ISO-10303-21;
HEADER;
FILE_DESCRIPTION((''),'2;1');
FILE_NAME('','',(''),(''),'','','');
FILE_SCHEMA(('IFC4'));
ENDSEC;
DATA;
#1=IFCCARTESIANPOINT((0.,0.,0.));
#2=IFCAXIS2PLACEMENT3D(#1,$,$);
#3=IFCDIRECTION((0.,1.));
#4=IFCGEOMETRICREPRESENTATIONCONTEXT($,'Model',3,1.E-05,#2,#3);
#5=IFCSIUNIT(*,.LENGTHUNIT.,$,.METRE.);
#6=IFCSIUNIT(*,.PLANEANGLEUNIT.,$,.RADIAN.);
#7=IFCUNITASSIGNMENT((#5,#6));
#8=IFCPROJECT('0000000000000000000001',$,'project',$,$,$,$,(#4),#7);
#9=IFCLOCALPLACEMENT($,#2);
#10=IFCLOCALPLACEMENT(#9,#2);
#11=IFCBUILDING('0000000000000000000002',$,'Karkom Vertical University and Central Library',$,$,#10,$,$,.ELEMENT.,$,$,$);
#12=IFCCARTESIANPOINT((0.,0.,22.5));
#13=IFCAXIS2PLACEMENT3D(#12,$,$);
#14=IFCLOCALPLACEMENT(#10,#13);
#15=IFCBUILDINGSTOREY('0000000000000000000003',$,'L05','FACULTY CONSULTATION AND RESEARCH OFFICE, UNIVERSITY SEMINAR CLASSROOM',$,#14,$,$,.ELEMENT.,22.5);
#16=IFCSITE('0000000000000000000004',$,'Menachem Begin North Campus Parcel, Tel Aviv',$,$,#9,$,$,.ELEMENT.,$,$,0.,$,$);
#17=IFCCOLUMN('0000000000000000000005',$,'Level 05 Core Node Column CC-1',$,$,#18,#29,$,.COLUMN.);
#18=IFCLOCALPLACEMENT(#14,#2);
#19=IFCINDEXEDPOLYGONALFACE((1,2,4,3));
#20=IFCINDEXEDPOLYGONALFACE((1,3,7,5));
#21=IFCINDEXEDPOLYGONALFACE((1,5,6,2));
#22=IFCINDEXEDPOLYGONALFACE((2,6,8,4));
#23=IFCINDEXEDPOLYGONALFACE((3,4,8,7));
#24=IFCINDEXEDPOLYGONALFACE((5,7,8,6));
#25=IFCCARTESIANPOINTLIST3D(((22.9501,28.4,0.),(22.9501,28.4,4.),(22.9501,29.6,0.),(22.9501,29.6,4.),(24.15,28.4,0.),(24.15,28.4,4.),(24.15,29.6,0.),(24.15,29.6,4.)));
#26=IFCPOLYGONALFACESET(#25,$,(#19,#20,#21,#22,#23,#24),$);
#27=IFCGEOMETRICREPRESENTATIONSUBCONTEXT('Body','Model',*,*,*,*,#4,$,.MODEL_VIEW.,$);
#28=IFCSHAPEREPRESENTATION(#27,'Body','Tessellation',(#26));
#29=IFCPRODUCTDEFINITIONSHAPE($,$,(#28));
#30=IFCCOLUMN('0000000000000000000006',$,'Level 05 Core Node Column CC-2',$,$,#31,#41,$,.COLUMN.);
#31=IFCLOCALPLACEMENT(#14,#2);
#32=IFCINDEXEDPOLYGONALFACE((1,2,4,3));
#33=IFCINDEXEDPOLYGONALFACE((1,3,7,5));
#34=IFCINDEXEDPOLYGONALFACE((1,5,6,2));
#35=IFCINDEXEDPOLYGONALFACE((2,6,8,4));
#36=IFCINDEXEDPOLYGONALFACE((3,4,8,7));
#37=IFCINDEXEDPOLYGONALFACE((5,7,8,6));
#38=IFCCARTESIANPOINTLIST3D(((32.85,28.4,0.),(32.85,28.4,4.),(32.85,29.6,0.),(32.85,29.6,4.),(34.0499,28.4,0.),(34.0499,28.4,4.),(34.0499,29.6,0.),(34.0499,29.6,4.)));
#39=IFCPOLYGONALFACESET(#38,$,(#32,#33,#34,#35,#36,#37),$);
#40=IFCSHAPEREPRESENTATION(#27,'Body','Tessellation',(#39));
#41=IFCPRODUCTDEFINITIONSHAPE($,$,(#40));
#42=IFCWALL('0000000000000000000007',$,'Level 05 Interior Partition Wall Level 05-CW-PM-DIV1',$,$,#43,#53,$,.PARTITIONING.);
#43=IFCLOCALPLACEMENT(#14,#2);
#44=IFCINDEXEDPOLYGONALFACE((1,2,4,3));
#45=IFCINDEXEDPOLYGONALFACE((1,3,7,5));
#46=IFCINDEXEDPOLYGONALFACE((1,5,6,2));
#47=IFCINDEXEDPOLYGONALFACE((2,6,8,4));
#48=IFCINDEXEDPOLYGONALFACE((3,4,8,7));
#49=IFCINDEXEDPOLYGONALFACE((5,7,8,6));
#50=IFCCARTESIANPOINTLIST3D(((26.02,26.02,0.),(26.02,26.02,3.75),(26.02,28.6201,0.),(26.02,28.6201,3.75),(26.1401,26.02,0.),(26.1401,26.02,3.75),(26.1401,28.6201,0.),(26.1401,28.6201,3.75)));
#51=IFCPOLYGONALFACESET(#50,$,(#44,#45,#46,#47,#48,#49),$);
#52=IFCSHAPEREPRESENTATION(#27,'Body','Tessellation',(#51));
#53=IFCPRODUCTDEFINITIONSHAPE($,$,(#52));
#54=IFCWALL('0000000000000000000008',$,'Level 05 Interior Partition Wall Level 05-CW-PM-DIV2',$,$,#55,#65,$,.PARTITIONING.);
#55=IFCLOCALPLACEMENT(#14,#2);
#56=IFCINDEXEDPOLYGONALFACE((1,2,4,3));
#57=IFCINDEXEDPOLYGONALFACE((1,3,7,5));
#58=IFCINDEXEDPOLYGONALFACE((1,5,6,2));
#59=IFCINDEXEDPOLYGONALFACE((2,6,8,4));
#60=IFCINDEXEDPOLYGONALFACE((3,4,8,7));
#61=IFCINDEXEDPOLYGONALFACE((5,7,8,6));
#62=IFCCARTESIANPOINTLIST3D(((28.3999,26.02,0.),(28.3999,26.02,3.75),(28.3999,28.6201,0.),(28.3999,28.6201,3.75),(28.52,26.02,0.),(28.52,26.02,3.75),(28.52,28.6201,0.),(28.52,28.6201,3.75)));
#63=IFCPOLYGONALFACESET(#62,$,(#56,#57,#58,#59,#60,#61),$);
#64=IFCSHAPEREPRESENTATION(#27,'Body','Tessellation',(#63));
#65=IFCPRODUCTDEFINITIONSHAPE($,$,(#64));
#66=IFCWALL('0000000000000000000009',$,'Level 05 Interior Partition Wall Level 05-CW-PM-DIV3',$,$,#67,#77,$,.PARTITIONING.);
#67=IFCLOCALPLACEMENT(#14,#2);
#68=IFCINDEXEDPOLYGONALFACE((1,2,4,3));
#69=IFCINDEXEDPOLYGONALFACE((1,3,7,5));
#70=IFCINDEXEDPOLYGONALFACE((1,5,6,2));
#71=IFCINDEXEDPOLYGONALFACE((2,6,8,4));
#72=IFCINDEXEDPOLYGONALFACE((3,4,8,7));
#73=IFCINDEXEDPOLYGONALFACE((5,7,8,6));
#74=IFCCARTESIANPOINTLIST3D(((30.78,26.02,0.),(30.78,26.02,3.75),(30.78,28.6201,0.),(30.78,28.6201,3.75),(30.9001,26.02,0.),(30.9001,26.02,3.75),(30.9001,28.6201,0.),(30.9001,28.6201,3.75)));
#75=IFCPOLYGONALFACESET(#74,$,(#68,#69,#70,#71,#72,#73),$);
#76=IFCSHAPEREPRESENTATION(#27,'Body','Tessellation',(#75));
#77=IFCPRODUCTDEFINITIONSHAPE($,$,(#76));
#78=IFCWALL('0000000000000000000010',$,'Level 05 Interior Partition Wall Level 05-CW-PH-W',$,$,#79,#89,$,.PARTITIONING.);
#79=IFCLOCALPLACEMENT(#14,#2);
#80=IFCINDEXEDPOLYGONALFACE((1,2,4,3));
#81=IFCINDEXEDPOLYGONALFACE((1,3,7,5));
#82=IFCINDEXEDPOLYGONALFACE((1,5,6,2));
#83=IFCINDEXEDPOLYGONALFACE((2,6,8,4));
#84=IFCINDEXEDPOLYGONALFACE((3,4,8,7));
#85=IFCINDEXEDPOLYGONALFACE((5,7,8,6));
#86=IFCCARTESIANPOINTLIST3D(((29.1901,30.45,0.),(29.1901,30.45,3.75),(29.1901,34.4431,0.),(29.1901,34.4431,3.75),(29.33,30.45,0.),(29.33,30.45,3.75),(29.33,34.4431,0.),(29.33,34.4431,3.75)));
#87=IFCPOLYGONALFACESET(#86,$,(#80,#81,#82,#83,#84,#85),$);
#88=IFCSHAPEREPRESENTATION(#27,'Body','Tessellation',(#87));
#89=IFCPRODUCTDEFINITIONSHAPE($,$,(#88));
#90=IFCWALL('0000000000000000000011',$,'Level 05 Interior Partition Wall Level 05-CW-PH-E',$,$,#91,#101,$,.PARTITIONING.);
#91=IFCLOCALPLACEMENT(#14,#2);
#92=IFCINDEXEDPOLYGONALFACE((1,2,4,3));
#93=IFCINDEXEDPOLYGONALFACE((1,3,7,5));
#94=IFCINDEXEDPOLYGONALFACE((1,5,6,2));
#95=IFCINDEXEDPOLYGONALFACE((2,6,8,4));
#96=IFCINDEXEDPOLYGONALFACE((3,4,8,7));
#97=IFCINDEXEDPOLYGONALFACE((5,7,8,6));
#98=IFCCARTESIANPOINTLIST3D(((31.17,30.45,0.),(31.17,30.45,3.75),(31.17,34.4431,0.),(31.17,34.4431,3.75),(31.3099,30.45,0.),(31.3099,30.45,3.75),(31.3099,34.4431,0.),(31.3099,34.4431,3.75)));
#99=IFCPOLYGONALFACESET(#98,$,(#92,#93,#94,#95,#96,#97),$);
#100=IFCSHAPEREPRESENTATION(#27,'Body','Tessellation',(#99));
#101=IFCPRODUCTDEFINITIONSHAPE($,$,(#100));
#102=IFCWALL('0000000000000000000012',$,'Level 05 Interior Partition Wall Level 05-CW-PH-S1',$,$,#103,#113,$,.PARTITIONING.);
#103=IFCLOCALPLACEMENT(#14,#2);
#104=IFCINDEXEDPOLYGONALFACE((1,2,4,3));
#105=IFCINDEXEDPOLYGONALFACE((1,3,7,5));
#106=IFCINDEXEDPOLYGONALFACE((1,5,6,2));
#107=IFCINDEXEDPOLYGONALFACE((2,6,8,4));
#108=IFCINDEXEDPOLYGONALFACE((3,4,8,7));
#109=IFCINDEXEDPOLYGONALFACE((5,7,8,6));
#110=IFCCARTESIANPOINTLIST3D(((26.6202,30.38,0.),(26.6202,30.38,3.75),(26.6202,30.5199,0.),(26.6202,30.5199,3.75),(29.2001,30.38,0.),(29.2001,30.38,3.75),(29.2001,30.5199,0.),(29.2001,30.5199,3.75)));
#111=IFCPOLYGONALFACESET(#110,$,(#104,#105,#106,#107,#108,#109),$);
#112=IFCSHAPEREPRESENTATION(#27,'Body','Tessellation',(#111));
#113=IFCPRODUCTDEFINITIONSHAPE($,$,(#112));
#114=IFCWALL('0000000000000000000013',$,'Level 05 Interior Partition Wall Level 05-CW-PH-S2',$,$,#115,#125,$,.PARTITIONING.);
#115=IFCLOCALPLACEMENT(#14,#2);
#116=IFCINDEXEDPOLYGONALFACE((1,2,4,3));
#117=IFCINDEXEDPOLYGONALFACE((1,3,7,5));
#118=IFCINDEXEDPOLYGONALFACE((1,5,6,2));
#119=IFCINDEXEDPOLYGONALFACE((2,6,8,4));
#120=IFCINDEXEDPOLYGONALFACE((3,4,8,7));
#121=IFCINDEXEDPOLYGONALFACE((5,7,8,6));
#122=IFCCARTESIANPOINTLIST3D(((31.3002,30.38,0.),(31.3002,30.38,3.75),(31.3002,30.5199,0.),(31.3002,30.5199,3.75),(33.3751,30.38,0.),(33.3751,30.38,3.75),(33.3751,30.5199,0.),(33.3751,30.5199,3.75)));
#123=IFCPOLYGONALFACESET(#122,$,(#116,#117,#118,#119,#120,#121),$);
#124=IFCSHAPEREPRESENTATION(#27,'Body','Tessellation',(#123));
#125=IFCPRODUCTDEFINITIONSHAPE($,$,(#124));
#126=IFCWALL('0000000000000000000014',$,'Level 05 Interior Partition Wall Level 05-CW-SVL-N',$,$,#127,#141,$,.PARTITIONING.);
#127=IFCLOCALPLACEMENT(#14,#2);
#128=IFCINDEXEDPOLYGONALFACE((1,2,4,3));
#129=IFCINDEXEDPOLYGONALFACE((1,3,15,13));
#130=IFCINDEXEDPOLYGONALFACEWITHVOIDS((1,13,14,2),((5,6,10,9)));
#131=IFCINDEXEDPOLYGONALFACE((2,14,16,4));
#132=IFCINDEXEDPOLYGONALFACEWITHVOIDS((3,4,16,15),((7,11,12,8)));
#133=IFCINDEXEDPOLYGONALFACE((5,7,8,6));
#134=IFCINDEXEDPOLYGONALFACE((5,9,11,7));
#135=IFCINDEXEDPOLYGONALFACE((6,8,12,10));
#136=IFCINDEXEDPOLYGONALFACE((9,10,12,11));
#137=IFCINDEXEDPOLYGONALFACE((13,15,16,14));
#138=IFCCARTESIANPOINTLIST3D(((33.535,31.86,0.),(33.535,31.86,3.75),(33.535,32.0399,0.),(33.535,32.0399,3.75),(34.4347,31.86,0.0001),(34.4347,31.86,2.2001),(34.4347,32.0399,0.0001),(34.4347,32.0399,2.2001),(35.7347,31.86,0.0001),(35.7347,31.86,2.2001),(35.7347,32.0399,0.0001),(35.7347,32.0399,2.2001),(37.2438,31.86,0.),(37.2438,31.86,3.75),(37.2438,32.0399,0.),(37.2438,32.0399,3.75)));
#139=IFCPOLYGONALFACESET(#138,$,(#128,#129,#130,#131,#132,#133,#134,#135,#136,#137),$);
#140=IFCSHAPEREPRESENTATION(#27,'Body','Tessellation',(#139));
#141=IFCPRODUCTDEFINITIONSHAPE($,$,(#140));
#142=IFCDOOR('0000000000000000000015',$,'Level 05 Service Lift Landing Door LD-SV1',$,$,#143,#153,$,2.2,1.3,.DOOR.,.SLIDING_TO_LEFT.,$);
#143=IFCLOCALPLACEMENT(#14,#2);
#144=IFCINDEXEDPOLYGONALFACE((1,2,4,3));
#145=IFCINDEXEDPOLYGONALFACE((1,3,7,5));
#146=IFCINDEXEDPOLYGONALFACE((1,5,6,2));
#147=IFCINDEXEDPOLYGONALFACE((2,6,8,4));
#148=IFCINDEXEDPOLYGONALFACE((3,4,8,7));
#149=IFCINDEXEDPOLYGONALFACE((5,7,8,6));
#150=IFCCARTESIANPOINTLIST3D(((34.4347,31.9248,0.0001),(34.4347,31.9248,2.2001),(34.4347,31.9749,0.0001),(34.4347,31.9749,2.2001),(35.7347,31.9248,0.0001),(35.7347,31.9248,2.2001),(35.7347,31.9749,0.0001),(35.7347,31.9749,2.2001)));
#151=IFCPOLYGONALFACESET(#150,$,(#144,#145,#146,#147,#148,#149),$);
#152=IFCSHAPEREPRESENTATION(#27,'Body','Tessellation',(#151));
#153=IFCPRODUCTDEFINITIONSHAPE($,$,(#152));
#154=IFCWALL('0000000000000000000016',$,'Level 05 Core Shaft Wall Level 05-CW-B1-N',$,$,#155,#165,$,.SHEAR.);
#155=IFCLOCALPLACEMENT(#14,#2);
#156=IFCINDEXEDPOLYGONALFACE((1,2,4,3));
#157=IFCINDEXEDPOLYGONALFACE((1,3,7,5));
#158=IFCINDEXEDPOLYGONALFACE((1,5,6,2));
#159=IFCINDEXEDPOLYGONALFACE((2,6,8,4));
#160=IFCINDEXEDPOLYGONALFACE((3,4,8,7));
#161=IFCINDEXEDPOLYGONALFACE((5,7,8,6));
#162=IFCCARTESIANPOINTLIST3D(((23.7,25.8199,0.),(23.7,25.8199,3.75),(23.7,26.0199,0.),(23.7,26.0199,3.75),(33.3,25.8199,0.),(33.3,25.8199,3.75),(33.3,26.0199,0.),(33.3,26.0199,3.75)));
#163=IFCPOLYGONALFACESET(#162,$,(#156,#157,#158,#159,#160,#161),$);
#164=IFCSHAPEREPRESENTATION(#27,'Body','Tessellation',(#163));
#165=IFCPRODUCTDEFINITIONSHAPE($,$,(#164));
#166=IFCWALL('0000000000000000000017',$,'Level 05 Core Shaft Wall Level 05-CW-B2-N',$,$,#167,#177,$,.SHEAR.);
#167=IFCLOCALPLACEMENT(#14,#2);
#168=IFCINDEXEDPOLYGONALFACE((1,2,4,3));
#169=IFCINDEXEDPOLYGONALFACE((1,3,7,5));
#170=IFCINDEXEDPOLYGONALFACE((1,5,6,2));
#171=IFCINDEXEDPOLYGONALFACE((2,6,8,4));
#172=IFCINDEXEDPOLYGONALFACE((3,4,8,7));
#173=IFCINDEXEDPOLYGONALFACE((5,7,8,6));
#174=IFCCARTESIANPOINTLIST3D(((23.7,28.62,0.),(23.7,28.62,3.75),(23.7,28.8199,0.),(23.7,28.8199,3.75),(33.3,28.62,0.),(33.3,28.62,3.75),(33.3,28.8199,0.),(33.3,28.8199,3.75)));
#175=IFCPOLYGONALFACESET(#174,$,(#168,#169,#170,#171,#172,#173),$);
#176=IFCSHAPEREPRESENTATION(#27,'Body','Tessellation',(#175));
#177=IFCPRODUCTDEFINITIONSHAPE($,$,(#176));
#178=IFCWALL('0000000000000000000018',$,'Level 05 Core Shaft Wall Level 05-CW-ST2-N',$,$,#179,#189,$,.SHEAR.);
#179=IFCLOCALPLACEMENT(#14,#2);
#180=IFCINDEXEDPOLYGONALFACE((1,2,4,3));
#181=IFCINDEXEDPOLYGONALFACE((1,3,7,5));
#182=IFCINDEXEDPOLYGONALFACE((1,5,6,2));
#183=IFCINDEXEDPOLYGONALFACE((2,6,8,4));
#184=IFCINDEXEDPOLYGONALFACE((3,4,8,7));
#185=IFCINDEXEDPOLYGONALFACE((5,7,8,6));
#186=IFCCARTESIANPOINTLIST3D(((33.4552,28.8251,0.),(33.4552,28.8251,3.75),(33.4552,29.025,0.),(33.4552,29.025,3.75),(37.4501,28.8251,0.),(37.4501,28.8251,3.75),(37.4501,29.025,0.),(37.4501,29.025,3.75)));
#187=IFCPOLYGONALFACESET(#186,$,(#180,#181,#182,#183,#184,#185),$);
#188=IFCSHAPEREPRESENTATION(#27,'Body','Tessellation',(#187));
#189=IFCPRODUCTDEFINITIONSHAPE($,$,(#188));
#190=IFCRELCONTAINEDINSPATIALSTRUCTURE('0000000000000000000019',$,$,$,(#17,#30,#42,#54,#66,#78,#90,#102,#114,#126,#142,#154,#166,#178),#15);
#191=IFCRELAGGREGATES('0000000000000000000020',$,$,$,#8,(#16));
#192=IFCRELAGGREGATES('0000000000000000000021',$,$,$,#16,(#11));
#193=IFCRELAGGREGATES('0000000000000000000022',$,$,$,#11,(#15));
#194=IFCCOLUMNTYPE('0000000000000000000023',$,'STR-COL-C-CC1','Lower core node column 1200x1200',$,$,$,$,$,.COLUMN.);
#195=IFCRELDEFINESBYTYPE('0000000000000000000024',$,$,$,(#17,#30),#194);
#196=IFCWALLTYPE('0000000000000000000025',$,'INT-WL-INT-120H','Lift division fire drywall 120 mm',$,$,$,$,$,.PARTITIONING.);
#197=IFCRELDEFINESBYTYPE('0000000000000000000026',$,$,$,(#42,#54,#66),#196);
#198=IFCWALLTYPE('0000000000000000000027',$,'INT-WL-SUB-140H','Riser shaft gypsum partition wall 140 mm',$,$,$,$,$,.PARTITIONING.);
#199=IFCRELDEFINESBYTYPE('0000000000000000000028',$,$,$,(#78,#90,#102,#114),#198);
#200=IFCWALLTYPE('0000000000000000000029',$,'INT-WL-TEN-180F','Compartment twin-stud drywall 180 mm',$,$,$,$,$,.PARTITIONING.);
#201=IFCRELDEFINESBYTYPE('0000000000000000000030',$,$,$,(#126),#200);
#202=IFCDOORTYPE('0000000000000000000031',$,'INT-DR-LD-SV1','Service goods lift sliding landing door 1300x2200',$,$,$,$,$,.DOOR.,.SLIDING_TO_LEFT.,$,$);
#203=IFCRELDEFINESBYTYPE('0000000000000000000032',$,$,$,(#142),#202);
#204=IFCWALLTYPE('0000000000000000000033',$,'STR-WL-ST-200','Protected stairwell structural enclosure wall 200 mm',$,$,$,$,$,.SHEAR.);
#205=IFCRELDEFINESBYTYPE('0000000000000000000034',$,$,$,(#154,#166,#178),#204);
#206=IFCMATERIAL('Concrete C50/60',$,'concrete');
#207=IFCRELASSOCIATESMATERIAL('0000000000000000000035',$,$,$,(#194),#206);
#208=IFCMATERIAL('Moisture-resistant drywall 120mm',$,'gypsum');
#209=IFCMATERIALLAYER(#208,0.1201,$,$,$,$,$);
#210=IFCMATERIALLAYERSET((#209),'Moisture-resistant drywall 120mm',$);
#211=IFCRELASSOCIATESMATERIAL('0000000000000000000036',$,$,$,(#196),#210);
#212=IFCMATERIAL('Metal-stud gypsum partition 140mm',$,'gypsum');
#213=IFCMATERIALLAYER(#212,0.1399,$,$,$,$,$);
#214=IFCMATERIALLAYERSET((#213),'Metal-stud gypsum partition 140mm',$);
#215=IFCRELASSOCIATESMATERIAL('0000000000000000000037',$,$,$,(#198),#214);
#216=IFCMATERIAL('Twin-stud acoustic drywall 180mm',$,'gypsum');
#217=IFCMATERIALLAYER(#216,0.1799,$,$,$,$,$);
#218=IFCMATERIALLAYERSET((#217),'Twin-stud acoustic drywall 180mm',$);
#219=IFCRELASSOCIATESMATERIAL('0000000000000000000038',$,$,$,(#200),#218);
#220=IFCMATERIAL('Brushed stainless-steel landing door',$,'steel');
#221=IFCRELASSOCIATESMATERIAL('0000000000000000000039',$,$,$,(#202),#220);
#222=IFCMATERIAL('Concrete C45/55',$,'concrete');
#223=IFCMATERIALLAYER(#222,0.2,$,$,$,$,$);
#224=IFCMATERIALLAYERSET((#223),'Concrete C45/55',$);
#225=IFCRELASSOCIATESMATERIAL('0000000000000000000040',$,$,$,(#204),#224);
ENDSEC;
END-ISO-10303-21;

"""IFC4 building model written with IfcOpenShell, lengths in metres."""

from ifc_helpers import new_model, si_unit, direction, frame, frame_2d, origin, origin_with_axes, origin_2d, place, context, subcontext, project, spatial, rectangle, extrude, source, transform, mapped, material, layer, layer_set, material_profile, profile_set, type_object, element, fill, save


model = new_model("IFC4")

# Units and contexts
model_context = context("Model", 3, precision=1e-05, world=origin(), true_north=direction((0.0, 1.0)))
body_context = subcontext(model_context, "Body", "Model", "MODEL_VIEW")
ifc_project = project(units=[si_unit("LENGTHUNIT", "METRE"), si_unit("PLANEANGLEUNIT", "RADIAN")], contexts=[model_context])

# Site, building, storey
site_placement = place(None, origin())
site = spatial("IfcSite", under=ifc_project, at=site_placement, Name="Menachem Begin North Campus Parcel, Tel Aviv", CompositionType="ELEMENT", RefElevation=0.0)
building_placement = place(site_placement, origin())
building = spatial("IfcBuilding", under=site, at=building_placement, Name="Karkom Vertical University and Central Library", CompositionType="ELEMENT")
storey_placement = place(building_placement, frame((0.0, 0.0, 22.5)))
storey = spatial("IfcBuildingStorey", under=building, at=storey_placement, Name="L05", Description="FACULTY CONSULTATION AND RESEARCH OFFICE, UNIVERSITY SEMINAR CLASSROOM", CompositionType="ELEMENT", Elevation=22.5)

# Columns
ifc_material_1 = material(Name="Concrete C50/60", Category="concrete")
ifc_material_profile = material_profile(ifc_material_1, rectangle(XDim=1.2, YDim=1.2, at=origin_2d()), Name="RC-1200x1200")
ifc_profile_set = profile_set([ifc_material_profile], Name="Concrete C50/60")
column_type = type_object("IfcColumnType", Name="STR-COL-C-CC1", Description="Lower core node column 1200x1200", PredefinedType="COLUMN", material=ifc_profile_set)
shared_shape_1 = source(origin_with_axes(), body_context, "Body", "SweptSolid", [
    extrude(rectangle(XDim=1.2, YDim=1.2, at=origin_2d()), origin(), (0.0, 0.0, 1.0), 4.0),
])
for number, where, z_axis, x_axis, name in (
    (1, (23.55, 29.0, 0.0), (0.0, 0.0, 1.0), (1.0, 0.0, 0.0), "Level 05 Core Node Column CC-1"),
    (2, (33.45, 29.0, 0.0), (0.0, 0.0, 1.0), (1.0, 0.0, 0.0), "Level 05 Core Node Column CC-2"),
):
    element("IfcColumn", number, at=place(storey_placement, frame(where, z_axis=z_axis, x_axis=x_axis)), inside=storey, type_object=column_type, Name=name, PredefinedType="COLUMN", context=body_context, shape_type="MappedRepresentation", body=[
        mapped(shared_shape_1, transform((0.0, 0.0, 0.0), scale=1.0)),
    ])

# Walls
ifc_material_2 = material(Name="Moisture-resistant drywall 120mm", Category="gypsum")
ifc_layer_1 = layer(ifc_material_2, 0.1201)
ifc_layer_set_1 = layer_set([ifc_layer_1], Name="Moisture-resistant drywall 120mm")
wall_type_1 = type_object("IfcWallType", Name="INT-WL-INT-120H", Description="Lift division fire drywall 120 mm", PredefinedType="PARTITIONING", material=ifc_layer_set_1)
for number, where, z_axis, x_axis, name in (
    (3, (26.0801, 26.02, 0.0), (0.0, 0.0, 1.0), (0.0, 1.0, 0.0), "Level 05 Interior Partition Wall Level 05-CW-PM-DIV1"),
    (4, (28.46, 26.02, 0.0), (0.0, 0.0, 1.0), (0.0, 1.0, 0.0), "Level 05 Interior Partition Wall Level 05-CW-PM-DIV2"),
    (5, (30.8401, 26.02, 0.0), (0.0, 0.0, 1.0), (0.0, 1.0, 0.0), "Level 05 Interior Partition Wall Level 05-CW-PM-DIV3"),
):
    element("IfcWall", number, at=place(storey_placement, frame(where, z_axis=z_axis, x_axis=x_axis)), inside=storey, type_object=wall_type_1, Name=name, PredefinedType="PARTITIONING", context=body_context, shape_type="SweptSolid", body=[
        extrude(rectangle(XDim=2.6001, YDim=0.1201, at=frame_2d((1.3, 0.0))), origin(), (0.0, 0.0, 1.0), 3.75),
    ])
ifc_material_3 = material(Name="Metal-stud gypsum partition 140mm", Category="gypsum")
ifc_layer_2 = layer(ifc_material_3, 0.1399)
ifc_layer_set_2 = layer_set([ifc_layer_2], Name="Metal-stud gypsum partition 140mm")
wall_type_2 = type_object("IfcWallType", Name="INT-WL-SUB-140H", Description="Riser shaft gypsum partition wall 140 mm", PredefinedType="PARTITIONING", material=ifc_layer_set_2)
for number, where, z_axis, x_axis, name in (
    (6, (29.26, 30.45, 0.0), (0.0, 0.0, 1.0), (0.0, 1.0, 0.0), "Level 05 Interior Partition Wall Level 05-CW-PH-W"),
    (7, (31.24, 30.45, 0.0), (0.0, 0.0, 1.0), (0.0, 1.0, 0.0), "Level 05 Interior Partition Wall Level 05-CW-PH-E"),
):
    element("IfcWall", number, at=place(storey_placement, frame(where, z_axis=z_axis, x_axis=x_axis)), inside=storey, type_object=wall_type_2, Name=name, PredefinedType="PARTITIONING", context=body_context, shape_type="SweptSolid", body=[
        extrude(rectangle(XDim=3.9932, YDim=0.1399, at=frame_2d((1.9966, 0.0))), origin(), (0.0, 0.0, 1.0), 3.75),
    ])
wall_1_placement = place(storey_placement, frame((26.6201, 30.45, 0.0), z_axis=(0.0, 0.0, 1.0), x_axis=(1.0, 0.0, 0.0)))
element("IfcWall", 8, at=wall_1_placement, inside=storey, type_object=wall_type_2, Name="Level 05 Interior Partition Wall Level 05-CW-PH-S1", PredefinedType="PARTITIONING", context=body_context, shape_type="SweptSolid", body=[
    extrude(rectangle(XDim=2.5798, YDim=0.1399, at=frame_2d((1.29, 0.0))), origin(), (0.0, 0.0, 1.0), 3.75),
])
wall_2_placement = place(storey_placement, frame((31.3, 30.45, 0.0), z_axis=(0.0, 0.0, 1.0), x_axis=(1.0, 0.0, 0.0)))
element("IfcWall", 9, at=wall_2_placement, inside=storey, type_object=wall_type_2, Name="Level 05 Interior Partition Wall Level 05-CW-PH-S2", PredefinedType="PARTITIONING", context=body_context, shape_type="SweptSolid", body=[
    extrude(rectangle(XDim=2.075, YDim=0.1399, at=frame_2d((1.0376, 0.0))), origin(), (0.0, 0.0, 1.0), 3.75),
])

# Wall, opening, door
ifc_material_4 = material(Name="Twin-stud acoustic drywall 180mm", Category="gypsum")
ifc_layer_3 = layer(ifc_material_4, 0.1799)
ifc_layer_set_3 = layer_set([ifc_layer_3], Name="Twin-stud acoustic drywall 180mm")
wall_type_3 = type_object("IfcWallType", Name="INT-WL-TEN-180F", Description="Compartment twin-stud drywall 180 mm", PredefinedType="PARTITIONING", material=ifc_layer_set_3)
wall_3_placement = place(storey_placement, frame((33.5349, 31.95, 0.0), z_axis=(0.0, 0.0, 1.0), x_axis=(1.0, 0.0, 0.0)))
wall_3 = element("IfcWall", 10, at=wall_3_placement, inside=storey, type_object=wall_type_3, Name="Level 05 Interior Partition Wall Level 05-CW-SVL-N", PredefinedType="PARTITIONING", context=body_context, shape_type="SweptSolid", body=[
    extrude(rectangle(XDim=3.7087, YDim=0.1799, at=frame_2d((1.8545, 0.0))), origin(), (0.0, 0.0, 1.0), 3.75),
])
opening_placement = place(wall_3_placement, frame((0.8999, 0.0, 0.0)))
opening = element("IfcOpeningElement", 11, at=opening_placement, cuts=wall_3, PredefinedType="OPENING", context=body_context, shape_type="SweptSolid", body=[
    extrude(rectangle(XDim=1.3, YDim=2.2, at=frame_2d((0.6499, 1.1001))), frame((0.0, 0.1001, 0.0), z_axis=(0.0, -1.0, 0.0), x_axis=(1.0, 0.0, 0.0)), (0.0, 0.0, 1.0), 0.2),
])
ifc_material_5 = material(Name="Brushed stainless-steel landing door", Category="steel")
door_type = type_object("IfcDoorType", Name="INT-DR-LD-SV1", Description="Service goods lift sliding landing door 1300x2200", OperationType="SLIDING_TO_LEFT", PredefinedType="DOOR", material=ifc_material_5)
shared_shape_2 = source(origin_with_axes(), body_context, "Body", "SweptSolid", [
    extrude(rectangle(XDim=1.3, YDim=2.2, at=frame_2d((0.6499, 1.1001))), frame((0.0, 0.0249, 0.0), z_axis=(0.0, -1.0, 0.0), x_axis=(1.0, 0.0, 0.0)), (0.0, 0.0, 1.0), 0.05),
])
door_placement = place(opening_placement, origin())
door = element("IfcDoor", 12, at=door_placement, inside=storey, type_object=door_type, Name="Level 05 Service Lift Landing Door LD-SV1", OperationType="SLIDING_TO_LEFT", OverallHeight=2.2, OverallWidth=1.3, PredefinedType="DOOR", context=body_context, shape_type="MappedRepresentation", body=[
    mapped(shared_shape_2, transform((0.0, 0.0, 0.0), scale=1.0)),
])
fill(opening, door)

# Walls
ifc_material_6 = material(Name="Concrete C45/55", Category="concrete")
ifc_layer_4 = layer(ifc_material_6, 0.2)
ifc_layer_set_4 = layer_set([ifc_layer_4], Name="Concrete C45/55")
wall_type_4 = type_object("IfcWallType", Name="STR-WL-ST-200", Description="Protected stairwell structural enclosure wall 200 mm", PredefinedType="SHEAR", material=ifc_layer_set_4)
for number, where, z_axis, x_axis, name in (
    (13, (23.7, 25.9199, 0.0), (0.0, 0.0, 1.0), (1.0, 0.0, 0.0), "Level 05 Core Shaft Wall Level 05-CW-B1-N"),
    (14, (23.7, 28.72, 0.0), (0.0, 0.0, 1.0), (1.0, 0.0, 0.0), "Level 05 Core Shaft Wall Level 05-CW-B2-N"),
):
    element("IfcWall", number, at=place(storey_placement, frame(where, z_axis=z_axis, x_axis=x_axis)), inside=storey, type_object=wall_type_4, Name=name, PredefinedType="SHEAR", context=body_context, shape_type="SweptSolid", body=[
        extrude(rectangle(XDim=9.6001, YDim=0.2, at=frame_2d((4.8, 0.0))), origin(), (0.0, 0.0, 1.0), 3.75),
    ])
wall_4_placement = place(storey_placement, frame((33.4551, 28.925, 0.0), z_axis=(0.0, 0.0, 1.0), x_axis=(1.0, 0.0, 0.0)))
element("IfcWall", 15, at=wall_4_placement, inside=storey, type_object=wall_type_4, Name="Level 05 Core Shaft Wall Level 05-CW-ST2-N", PredefinedType="SHEAR", context=body_context, shape_type="SweptSolid", body=[
    extrude(rectangle(XDim=3.9949, YDim=0.2, at=frame_2d((1.9976, 0.0))), origin(), (0.0, 0.0, 1.0), 3.75),
])

save(model, "model.ifc")
